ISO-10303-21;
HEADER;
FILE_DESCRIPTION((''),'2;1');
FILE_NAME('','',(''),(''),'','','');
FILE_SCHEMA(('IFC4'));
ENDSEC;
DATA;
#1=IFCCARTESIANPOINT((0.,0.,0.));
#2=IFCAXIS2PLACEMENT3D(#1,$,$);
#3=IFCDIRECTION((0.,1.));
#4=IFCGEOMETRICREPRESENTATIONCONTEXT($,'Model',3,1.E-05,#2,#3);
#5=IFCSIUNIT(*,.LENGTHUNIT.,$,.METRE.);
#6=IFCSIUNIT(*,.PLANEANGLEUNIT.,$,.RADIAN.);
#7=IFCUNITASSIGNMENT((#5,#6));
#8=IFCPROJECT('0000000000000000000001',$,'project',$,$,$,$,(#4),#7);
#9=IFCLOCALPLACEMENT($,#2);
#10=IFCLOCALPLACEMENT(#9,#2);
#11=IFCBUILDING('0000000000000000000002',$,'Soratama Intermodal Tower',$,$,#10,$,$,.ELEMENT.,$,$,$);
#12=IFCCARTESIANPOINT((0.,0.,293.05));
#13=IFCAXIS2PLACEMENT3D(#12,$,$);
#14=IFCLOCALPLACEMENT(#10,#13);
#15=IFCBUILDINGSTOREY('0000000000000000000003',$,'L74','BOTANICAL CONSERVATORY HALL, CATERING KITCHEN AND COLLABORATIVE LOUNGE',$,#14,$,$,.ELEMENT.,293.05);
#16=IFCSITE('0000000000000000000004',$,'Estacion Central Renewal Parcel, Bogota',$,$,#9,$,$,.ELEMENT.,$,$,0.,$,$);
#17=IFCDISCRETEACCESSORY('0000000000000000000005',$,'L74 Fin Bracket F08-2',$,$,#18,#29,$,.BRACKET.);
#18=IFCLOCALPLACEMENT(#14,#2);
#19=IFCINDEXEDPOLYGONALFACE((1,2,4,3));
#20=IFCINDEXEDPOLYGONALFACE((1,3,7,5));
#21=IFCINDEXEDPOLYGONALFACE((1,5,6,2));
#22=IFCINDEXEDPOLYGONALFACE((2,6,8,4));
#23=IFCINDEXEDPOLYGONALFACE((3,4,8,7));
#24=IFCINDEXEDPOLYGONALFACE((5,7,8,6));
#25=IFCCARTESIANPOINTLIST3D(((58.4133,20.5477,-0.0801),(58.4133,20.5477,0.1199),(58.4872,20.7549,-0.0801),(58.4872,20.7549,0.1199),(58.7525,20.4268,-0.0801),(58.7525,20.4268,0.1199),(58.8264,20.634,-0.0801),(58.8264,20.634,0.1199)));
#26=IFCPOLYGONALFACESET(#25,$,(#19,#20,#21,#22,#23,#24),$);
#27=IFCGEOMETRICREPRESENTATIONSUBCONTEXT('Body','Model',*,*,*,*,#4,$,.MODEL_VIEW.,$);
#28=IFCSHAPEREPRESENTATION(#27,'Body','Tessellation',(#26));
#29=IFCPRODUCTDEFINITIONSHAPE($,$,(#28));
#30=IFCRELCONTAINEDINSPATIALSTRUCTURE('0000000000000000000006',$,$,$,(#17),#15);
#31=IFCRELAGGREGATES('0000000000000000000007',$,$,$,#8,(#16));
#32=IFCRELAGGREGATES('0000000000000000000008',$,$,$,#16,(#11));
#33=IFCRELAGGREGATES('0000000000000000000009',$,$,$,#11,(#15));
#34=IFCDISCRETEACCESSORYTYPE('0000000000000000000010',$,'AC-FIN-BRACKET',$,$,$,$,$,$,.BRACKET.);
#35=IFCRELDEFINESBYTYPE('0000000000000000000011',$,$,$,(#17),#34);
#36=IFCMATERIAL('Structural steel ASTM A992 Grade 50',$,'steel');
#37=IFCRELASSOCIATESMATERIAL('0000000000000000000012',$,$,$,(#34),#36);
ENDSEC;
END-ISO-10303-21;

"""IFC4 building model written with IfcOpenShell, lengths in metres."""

from ifc_helpers import new_model, si_unit, direction, frame, origin, origin_2d, place, context, subcontext, project, spatial, rectangle, extrude, material, type_object, element, save


model = new_model("IFC4")

# Units and contexts
model_context = context("Model", 3, precision=1e-05, world=origin(), true_north=direction((0.0, 1.0)))
body_context = subcontext(model_context, "Body", "Model", "MODEL_VIEW")
ifc_project = project(units=[si_unit("LENGTHUNIT", "METRE"), si_unit("PLANEANGLEUNIT", "RADIAN")], contexts=[model_context])

# Site, building, storey
site_placement = place(None, origin())
site = spatial("IfcSite", under=ifc_project, at=site_placement, Name="Estacion Central Renewal Parcel, Bogota", CompositionType="ELEMENT", RefElevation=0.0)
building_placement = place(site_placement, origin())
building = spatial("IfcBuilding", under=site, at=building_placement, Name="Soratama Intermodal Tower", CompositionType="ELEMENT")
storey_placement = place(building_placement, frame((0.0, 0.0, 293.05)))
storey = spatial("IfcBuildingStorey", under=building, at=storey_placement, Name="L74", Description="BOTANICAL CONSERVATORY HALL, CATERING KITCHEN AND COLLABORATIVE LOUNGE", CompositionType="ELEMENT", Elevation=293.05)

# Discrete accessory
ifc_material_1 = material(Name="Structural steel ASTM A992 Grade 50", Category="steel")
discrete_accessory_type = type_object("IfcDiscreteAccessoryType", Name="AC-FIN-BRACKET", PredefinedType="BRACKET", material=ifc_material_1)
for number, where, z_axis, x_axis, name in (
    (1, (58.6199, 20.5908, -0.0801), (0.0, 0.0, 1.0), (0.94194, -0.33578, 0.0), "L74 Fin Bracket F08-2"),
):
    element("IfcDiscreteAccessory", number, at=place(storey_placement, frame(where, z_axis=z_axis, x_axis=x_axis)), inside=storey, type_object=discrete_accessory_type, Name=name, PredefinedType="BRACKET", context=body_context, shape_type="SweptSolid", body=[
        extrude(rectangle(XDim=0.3601, YDim=0.22, at=origin_2d()), origin(), (0.0, 0.0, 1.0), 0.2),
    ])

save(model, "model.ifc")
